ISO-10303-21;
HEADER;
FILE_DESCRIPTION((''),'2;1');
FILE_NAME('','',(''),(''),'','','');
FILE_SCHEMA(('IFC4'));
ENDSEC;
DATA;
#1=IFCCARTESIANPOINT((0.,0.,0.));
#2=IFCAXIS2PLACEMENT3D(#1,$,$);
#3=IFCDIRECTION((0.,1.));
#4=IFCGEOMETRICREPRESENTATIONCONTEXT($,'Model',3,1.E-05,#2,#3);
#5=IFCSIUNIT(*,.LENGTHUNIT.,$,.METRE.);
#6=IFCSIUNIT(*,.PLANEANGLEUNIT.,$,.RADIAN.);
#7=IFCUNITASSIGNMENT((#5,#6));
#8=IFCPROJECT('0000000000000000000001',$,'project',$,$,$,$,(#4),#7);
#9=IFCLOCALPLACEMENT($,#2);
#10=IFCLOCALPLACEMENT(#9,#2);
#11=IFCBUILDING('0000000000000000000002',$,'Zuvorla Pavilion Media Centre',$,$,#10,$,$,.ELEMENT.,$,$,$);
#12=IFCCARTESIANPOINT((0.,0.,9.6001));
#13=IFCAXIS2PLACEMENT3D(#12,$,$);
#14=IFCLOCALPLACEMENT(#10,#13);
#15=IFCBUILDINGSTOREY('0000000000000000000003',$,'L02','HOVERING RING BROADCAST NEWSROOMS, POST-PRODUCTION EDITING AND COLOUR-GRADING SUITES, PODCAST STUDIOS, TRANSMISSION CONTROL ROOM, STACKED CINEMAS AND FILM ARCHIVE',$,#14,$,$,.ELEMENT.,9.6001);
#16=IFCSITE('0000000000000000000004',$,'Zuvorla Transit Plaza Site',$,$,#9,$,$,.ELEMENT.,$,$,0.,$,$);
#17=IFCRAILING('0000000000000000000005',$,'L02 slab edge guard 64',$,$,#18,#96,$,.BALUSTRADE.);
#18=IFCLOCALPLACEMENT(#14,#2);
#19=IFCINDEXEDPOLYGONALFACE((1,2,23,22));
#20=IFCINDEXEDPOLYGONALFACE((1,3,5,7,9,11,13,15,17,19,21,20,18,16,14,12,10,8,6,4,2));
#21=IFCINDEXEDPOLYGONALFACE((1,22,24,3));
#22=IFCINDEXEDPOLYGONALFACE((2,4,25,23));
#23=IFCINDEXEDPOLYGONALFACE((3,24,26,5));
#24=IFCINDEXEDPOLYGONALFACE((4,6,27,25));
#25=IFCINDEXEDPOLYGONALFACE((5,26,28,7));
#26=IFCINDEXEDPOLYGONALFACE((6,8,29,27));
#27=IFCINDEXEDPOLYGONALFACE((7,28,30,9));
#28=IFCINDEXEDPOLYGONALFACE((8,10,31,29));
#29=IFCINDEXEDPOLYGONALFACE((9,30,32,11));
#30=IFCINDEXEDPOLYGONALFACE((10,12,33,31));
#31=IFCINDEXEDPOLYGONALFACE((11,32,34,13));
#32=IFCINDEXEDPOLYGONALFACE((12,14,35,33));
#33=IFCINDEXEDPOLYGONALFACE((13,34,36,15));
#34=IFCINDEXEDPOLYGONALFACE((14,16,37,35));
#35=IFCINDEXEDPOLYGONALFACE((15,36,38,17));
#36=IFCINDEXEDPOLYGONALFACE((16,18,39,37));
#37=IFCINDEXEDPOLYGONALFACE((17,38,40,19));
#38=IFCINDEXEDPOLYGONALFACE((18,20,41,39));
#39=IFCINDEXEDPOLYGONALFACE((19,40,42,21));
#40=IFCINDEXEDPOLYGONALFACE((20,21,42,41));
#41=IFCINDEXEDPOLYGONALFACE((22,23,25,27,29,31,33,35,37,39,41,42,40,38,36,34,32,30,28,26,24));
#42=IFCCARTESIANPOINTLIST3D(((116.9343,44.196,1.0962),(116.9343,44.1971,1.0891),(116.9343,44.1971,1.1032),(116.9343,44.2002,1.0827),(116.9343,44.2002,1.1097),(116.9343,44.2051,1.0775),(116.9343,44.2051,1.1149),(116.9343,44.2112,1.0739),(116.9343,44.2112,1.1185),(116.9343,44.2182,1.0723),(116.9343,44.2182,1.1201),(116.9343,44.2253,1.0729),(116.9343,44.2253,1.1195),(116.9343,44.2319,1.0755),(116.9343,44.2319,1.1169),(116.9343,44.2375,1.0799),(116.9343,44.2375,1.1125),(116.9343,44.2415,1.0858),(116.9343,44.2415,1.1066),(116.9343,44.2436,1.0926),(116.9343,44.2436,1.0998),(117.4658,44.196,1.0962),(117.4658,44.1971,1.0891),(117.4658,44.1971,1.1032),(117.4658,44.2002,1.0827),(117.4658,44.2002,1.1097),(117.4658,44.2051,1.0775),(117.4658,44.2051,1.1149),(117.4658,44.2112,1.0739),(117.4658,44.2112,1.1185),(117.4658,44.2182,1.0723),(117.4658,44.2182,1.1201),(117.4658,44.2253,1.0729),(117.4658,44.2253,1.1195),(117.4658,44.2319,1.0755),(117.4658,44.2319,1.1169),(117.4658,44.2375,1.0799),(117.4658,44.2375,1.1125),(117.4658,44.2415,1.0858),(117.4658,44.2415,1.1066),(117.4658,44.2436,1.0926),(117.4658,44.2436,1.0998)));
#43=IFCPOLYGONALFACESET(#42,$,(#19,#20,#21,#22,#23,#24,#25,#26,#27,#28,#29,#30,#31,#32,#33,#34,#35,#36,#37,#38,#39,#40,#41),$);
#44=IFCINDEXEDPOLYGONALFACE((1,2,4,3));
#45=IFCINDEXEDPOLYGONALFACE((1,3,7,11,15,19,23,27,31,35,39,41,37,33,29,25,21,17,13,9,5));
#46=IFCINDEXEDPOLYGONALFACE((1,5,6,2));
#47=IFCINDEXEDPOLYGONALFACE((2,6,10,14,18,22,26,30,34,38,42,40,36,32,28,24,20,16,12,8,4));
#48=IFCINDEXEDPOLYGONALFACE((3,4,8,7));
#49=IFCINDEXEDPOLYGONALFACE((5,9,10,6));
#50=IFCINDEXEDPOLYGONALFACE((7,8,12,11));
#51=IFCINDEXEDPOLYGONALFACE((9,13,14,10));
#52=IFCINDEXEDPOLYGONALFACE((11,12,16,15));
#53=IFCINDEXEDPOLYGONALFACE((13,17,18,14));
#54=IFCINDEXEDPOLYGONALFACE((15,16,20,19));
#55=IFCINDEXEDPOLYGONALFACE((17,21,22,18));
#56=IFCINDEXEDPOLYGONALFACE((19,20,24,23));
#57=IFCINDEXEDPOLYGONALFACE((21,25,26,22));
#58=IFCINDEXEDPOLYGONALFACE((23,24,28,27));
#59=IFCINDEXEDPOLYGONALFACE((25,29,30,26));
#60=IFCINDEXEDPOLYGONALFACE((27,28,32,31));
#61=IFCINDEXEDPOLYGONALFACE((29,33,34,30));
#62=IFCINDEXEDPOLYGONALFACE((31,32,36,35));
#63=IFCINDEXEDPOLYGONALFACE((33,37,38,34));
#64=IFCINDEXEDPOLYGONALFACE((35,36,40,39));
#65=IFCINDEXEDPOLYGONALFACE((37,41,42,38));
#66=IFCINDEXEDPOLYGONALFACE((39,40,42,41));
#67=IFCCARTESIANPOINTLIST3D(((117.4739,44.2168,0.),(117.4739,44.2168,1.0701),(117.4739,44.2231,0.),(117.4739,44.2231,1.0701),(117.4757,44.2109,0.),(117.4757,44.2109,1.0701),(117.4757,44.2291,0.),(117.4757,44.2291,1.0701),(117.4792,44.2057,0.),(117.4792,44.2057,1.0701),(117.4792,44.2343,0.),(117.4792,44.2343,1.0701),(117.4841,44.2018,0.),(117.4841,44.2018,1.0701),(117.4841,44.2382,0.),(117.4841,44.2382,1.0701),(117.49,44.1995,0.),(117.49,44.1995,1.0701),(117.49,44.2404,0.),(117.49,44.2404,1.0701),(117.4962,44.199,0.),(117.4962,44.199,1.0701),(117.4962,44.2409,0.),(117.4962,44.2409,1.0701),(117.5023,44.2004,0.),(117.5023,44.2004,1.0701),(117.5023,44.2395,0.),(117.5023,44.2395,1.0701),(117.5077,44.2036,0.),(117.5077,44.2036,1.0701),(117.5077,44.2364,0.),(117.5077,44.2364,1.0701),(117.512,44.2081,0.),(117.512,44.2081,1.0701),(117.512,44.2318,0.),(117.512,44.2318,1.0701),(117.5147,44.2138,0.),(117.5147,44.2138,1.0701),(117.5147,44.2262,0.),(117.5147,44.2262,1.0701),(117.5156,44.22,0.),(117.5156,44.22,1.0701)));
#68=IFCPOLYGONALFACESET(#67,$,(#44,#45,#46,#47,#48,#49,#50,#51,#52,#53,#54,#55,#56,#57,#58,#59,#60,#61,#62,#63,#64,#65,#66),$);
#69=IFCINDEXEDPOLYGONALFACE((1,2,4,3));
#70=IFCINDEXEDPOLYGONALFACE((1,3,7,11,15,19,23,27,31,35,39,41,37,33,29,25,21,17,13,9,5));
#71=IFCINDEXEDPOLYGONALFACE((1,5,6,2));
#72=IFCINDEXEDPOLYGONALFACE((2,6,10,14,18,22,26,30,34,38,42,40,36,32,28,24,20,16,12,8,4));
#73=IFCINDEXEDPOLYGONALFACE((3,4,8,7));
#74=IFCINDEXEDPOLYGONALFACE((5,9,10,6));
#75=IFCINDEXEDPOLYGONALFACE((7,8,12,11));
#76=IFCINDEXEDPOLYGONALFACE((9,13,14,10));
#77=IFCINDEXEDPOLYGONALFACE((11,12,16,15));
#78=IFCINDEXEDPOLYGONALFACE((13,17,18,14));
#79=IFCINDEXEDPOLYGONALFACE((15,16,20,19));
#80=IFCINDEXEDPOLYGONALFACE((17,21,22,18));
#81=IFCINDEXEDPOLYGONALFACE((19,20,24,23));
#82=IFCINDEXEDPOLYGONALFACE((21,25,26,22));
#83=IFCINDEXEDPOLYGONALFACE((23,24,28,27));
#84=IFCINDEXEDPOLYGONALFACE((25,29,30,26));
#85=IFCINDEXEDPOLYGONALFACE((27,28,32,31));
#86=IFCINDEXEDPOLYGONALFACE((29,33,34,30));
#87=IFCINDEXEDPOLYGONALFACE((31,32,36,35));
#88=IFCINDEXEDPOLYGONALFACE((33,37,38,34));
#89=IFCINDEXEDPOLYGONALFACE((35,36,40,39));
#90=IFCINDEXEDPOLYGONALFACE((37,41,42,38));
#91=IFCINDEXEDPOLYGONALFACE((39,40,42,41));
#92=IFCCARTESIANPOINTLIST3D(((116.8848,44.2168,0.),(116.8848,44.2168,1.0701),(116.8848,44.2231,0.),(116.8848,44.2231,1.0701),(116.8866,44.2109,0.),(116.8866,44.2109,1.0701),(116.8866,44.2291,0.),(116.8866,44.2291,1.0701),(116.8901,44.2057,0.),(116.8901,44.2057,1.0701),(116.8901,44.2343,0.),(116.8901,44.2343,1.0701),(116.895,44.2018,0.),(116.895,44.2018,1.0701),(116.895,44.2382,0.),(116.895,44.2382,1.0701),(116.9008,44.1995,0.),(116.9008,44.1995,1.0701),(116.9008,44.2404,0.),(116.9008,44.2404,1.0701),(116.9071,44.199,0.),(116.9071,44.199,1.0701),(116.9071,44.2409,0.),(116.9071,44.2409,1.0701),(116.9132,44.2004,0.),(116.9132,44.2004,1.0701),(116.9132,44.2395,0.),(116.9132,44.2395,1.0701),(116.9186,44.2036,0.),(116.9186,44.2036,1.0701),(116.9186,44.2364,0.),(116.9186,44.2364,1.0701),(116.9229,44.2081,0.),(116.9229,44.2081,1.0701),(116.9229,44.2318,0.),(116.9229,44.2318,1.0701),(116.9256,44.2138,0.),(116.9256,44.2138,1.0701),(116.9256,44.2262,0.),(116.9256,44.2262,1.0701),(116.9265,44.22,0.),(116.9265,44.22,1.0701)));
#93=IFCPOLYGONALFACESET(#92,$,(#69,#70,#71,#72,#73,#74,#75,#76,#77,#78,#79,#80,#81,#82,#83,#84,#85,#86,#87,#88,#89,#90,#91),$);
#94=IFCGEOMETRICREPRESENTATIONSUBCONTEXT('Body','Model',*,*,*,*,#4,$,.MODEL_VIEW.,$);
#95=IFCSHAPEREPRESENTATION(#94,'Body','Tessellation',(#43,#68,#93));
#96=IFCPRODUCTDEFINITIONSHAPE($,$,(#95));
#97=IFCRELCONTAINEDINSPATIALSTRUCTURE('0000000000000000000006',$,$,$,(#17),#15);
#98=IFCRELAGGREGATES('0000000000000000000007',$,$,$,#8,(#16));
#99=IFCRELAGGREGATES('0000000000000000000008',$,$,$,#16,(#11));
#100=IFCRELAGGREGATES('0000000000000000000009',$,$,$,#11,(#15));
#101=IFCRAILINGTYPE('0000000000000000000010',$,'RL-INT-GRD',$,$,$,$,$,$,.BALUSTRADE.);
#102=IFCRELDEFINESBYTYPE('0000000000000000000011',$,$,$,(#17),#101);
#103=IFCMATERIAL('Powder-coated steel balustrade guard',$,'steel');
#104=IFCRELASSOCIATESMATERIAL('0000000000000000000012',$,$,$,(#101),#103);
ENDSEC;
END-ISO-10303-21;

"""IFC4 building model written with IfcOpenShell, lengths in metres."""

from ifc_helpers import new_model, si_unit, direction, frame, origin, origin_2d, place, context, subcontext, project, spatial, circle, extrude, material, type_object, element, save


model = new_model("IFC4")

# Units and contexts
model_context = context("Model", 3, precision=1e-05, world=origin(), true_north=direction((0.0, 1.0)))
body_context = subcontext(model_context, "Body", "Model", "MODEL_VIEW")
ifc_project = project(units=[si_unit("LENGTHUNIT", "METRE"), si_unit("PLANEANGLEUNIT", "RADIAN")], contexts=[model_context])

# Site, building, storey
site_placement = place(None, origin())
site = spatial("IfcSite", under=ifc_project, at=site_placement, Name="Zuvorla Transit Plaza Site", CompositionType="ELEMENT", RefElevation=0.0)
building_placement = place(site_placement, origin())
building = spatial("IfcBuilding", under=site, at=building_placement, Name="Zuvorla Pavilion Media Centre", CompositionType="ELEMENT")
storey_placement = place(building_placement, frame((0.0, 0.0, 9.6001)))
storey = spatial("IfcBuildingStorey", under=building, at=storey_placement, Name="L02", Description="HOVERING RING BROADCAST NEWSROOMS, POST-PRODUCTION EDITING AND COLOUR-GRADING SUITES, PODCAST STUDIOS, TRANSMISSION CONTROL ROOM, STACKED CINEMAS AND FILM ARCHIVE", CompositionType="ELEMENT", Elevation=9.6001)

# Railing
ifc_material_1 = material(Name="Powder-coated steel balustrade guard", Category="steel")
railing_type = type_object("IfcRailingType", Name="RL-INT-GRD", PredefinedType="BALUSTRADE", material=ifc_material_1)
railing_placement = place(storey_placement, frame((117.4946, 44.22, 0.0)))
element("IfcRailing", 1, at=railing_placement, inside=storey, type_object=railing_type, Name="L02 slab edge guard 64", PredefinedType="BALUSTRADE", context=body_context, shape_type="SweptSolid", body=[
    extrude(circle(Radius=0.0239, at=origin_2d()), frame((-0.0288, 0.0, 1.0962), z_axis=(-1.0, 0.0, 0.0), x_axis=(0.0, -1.0, 0.0)), (0.0, 0.0, 1.0), 0.5315),
    extrude(circle(Radius=0.021, at=origin_2d()), origin(), (0.0, 0.0, 1.0), 1.0701),
    extrude(circle(Radius=0.021, at=origin_2d()), frame((-0.5891, 0.0, 0.0)), (0.0, 0.0, 1.0), 1.0701),
])

save(model, "model.ifc")
